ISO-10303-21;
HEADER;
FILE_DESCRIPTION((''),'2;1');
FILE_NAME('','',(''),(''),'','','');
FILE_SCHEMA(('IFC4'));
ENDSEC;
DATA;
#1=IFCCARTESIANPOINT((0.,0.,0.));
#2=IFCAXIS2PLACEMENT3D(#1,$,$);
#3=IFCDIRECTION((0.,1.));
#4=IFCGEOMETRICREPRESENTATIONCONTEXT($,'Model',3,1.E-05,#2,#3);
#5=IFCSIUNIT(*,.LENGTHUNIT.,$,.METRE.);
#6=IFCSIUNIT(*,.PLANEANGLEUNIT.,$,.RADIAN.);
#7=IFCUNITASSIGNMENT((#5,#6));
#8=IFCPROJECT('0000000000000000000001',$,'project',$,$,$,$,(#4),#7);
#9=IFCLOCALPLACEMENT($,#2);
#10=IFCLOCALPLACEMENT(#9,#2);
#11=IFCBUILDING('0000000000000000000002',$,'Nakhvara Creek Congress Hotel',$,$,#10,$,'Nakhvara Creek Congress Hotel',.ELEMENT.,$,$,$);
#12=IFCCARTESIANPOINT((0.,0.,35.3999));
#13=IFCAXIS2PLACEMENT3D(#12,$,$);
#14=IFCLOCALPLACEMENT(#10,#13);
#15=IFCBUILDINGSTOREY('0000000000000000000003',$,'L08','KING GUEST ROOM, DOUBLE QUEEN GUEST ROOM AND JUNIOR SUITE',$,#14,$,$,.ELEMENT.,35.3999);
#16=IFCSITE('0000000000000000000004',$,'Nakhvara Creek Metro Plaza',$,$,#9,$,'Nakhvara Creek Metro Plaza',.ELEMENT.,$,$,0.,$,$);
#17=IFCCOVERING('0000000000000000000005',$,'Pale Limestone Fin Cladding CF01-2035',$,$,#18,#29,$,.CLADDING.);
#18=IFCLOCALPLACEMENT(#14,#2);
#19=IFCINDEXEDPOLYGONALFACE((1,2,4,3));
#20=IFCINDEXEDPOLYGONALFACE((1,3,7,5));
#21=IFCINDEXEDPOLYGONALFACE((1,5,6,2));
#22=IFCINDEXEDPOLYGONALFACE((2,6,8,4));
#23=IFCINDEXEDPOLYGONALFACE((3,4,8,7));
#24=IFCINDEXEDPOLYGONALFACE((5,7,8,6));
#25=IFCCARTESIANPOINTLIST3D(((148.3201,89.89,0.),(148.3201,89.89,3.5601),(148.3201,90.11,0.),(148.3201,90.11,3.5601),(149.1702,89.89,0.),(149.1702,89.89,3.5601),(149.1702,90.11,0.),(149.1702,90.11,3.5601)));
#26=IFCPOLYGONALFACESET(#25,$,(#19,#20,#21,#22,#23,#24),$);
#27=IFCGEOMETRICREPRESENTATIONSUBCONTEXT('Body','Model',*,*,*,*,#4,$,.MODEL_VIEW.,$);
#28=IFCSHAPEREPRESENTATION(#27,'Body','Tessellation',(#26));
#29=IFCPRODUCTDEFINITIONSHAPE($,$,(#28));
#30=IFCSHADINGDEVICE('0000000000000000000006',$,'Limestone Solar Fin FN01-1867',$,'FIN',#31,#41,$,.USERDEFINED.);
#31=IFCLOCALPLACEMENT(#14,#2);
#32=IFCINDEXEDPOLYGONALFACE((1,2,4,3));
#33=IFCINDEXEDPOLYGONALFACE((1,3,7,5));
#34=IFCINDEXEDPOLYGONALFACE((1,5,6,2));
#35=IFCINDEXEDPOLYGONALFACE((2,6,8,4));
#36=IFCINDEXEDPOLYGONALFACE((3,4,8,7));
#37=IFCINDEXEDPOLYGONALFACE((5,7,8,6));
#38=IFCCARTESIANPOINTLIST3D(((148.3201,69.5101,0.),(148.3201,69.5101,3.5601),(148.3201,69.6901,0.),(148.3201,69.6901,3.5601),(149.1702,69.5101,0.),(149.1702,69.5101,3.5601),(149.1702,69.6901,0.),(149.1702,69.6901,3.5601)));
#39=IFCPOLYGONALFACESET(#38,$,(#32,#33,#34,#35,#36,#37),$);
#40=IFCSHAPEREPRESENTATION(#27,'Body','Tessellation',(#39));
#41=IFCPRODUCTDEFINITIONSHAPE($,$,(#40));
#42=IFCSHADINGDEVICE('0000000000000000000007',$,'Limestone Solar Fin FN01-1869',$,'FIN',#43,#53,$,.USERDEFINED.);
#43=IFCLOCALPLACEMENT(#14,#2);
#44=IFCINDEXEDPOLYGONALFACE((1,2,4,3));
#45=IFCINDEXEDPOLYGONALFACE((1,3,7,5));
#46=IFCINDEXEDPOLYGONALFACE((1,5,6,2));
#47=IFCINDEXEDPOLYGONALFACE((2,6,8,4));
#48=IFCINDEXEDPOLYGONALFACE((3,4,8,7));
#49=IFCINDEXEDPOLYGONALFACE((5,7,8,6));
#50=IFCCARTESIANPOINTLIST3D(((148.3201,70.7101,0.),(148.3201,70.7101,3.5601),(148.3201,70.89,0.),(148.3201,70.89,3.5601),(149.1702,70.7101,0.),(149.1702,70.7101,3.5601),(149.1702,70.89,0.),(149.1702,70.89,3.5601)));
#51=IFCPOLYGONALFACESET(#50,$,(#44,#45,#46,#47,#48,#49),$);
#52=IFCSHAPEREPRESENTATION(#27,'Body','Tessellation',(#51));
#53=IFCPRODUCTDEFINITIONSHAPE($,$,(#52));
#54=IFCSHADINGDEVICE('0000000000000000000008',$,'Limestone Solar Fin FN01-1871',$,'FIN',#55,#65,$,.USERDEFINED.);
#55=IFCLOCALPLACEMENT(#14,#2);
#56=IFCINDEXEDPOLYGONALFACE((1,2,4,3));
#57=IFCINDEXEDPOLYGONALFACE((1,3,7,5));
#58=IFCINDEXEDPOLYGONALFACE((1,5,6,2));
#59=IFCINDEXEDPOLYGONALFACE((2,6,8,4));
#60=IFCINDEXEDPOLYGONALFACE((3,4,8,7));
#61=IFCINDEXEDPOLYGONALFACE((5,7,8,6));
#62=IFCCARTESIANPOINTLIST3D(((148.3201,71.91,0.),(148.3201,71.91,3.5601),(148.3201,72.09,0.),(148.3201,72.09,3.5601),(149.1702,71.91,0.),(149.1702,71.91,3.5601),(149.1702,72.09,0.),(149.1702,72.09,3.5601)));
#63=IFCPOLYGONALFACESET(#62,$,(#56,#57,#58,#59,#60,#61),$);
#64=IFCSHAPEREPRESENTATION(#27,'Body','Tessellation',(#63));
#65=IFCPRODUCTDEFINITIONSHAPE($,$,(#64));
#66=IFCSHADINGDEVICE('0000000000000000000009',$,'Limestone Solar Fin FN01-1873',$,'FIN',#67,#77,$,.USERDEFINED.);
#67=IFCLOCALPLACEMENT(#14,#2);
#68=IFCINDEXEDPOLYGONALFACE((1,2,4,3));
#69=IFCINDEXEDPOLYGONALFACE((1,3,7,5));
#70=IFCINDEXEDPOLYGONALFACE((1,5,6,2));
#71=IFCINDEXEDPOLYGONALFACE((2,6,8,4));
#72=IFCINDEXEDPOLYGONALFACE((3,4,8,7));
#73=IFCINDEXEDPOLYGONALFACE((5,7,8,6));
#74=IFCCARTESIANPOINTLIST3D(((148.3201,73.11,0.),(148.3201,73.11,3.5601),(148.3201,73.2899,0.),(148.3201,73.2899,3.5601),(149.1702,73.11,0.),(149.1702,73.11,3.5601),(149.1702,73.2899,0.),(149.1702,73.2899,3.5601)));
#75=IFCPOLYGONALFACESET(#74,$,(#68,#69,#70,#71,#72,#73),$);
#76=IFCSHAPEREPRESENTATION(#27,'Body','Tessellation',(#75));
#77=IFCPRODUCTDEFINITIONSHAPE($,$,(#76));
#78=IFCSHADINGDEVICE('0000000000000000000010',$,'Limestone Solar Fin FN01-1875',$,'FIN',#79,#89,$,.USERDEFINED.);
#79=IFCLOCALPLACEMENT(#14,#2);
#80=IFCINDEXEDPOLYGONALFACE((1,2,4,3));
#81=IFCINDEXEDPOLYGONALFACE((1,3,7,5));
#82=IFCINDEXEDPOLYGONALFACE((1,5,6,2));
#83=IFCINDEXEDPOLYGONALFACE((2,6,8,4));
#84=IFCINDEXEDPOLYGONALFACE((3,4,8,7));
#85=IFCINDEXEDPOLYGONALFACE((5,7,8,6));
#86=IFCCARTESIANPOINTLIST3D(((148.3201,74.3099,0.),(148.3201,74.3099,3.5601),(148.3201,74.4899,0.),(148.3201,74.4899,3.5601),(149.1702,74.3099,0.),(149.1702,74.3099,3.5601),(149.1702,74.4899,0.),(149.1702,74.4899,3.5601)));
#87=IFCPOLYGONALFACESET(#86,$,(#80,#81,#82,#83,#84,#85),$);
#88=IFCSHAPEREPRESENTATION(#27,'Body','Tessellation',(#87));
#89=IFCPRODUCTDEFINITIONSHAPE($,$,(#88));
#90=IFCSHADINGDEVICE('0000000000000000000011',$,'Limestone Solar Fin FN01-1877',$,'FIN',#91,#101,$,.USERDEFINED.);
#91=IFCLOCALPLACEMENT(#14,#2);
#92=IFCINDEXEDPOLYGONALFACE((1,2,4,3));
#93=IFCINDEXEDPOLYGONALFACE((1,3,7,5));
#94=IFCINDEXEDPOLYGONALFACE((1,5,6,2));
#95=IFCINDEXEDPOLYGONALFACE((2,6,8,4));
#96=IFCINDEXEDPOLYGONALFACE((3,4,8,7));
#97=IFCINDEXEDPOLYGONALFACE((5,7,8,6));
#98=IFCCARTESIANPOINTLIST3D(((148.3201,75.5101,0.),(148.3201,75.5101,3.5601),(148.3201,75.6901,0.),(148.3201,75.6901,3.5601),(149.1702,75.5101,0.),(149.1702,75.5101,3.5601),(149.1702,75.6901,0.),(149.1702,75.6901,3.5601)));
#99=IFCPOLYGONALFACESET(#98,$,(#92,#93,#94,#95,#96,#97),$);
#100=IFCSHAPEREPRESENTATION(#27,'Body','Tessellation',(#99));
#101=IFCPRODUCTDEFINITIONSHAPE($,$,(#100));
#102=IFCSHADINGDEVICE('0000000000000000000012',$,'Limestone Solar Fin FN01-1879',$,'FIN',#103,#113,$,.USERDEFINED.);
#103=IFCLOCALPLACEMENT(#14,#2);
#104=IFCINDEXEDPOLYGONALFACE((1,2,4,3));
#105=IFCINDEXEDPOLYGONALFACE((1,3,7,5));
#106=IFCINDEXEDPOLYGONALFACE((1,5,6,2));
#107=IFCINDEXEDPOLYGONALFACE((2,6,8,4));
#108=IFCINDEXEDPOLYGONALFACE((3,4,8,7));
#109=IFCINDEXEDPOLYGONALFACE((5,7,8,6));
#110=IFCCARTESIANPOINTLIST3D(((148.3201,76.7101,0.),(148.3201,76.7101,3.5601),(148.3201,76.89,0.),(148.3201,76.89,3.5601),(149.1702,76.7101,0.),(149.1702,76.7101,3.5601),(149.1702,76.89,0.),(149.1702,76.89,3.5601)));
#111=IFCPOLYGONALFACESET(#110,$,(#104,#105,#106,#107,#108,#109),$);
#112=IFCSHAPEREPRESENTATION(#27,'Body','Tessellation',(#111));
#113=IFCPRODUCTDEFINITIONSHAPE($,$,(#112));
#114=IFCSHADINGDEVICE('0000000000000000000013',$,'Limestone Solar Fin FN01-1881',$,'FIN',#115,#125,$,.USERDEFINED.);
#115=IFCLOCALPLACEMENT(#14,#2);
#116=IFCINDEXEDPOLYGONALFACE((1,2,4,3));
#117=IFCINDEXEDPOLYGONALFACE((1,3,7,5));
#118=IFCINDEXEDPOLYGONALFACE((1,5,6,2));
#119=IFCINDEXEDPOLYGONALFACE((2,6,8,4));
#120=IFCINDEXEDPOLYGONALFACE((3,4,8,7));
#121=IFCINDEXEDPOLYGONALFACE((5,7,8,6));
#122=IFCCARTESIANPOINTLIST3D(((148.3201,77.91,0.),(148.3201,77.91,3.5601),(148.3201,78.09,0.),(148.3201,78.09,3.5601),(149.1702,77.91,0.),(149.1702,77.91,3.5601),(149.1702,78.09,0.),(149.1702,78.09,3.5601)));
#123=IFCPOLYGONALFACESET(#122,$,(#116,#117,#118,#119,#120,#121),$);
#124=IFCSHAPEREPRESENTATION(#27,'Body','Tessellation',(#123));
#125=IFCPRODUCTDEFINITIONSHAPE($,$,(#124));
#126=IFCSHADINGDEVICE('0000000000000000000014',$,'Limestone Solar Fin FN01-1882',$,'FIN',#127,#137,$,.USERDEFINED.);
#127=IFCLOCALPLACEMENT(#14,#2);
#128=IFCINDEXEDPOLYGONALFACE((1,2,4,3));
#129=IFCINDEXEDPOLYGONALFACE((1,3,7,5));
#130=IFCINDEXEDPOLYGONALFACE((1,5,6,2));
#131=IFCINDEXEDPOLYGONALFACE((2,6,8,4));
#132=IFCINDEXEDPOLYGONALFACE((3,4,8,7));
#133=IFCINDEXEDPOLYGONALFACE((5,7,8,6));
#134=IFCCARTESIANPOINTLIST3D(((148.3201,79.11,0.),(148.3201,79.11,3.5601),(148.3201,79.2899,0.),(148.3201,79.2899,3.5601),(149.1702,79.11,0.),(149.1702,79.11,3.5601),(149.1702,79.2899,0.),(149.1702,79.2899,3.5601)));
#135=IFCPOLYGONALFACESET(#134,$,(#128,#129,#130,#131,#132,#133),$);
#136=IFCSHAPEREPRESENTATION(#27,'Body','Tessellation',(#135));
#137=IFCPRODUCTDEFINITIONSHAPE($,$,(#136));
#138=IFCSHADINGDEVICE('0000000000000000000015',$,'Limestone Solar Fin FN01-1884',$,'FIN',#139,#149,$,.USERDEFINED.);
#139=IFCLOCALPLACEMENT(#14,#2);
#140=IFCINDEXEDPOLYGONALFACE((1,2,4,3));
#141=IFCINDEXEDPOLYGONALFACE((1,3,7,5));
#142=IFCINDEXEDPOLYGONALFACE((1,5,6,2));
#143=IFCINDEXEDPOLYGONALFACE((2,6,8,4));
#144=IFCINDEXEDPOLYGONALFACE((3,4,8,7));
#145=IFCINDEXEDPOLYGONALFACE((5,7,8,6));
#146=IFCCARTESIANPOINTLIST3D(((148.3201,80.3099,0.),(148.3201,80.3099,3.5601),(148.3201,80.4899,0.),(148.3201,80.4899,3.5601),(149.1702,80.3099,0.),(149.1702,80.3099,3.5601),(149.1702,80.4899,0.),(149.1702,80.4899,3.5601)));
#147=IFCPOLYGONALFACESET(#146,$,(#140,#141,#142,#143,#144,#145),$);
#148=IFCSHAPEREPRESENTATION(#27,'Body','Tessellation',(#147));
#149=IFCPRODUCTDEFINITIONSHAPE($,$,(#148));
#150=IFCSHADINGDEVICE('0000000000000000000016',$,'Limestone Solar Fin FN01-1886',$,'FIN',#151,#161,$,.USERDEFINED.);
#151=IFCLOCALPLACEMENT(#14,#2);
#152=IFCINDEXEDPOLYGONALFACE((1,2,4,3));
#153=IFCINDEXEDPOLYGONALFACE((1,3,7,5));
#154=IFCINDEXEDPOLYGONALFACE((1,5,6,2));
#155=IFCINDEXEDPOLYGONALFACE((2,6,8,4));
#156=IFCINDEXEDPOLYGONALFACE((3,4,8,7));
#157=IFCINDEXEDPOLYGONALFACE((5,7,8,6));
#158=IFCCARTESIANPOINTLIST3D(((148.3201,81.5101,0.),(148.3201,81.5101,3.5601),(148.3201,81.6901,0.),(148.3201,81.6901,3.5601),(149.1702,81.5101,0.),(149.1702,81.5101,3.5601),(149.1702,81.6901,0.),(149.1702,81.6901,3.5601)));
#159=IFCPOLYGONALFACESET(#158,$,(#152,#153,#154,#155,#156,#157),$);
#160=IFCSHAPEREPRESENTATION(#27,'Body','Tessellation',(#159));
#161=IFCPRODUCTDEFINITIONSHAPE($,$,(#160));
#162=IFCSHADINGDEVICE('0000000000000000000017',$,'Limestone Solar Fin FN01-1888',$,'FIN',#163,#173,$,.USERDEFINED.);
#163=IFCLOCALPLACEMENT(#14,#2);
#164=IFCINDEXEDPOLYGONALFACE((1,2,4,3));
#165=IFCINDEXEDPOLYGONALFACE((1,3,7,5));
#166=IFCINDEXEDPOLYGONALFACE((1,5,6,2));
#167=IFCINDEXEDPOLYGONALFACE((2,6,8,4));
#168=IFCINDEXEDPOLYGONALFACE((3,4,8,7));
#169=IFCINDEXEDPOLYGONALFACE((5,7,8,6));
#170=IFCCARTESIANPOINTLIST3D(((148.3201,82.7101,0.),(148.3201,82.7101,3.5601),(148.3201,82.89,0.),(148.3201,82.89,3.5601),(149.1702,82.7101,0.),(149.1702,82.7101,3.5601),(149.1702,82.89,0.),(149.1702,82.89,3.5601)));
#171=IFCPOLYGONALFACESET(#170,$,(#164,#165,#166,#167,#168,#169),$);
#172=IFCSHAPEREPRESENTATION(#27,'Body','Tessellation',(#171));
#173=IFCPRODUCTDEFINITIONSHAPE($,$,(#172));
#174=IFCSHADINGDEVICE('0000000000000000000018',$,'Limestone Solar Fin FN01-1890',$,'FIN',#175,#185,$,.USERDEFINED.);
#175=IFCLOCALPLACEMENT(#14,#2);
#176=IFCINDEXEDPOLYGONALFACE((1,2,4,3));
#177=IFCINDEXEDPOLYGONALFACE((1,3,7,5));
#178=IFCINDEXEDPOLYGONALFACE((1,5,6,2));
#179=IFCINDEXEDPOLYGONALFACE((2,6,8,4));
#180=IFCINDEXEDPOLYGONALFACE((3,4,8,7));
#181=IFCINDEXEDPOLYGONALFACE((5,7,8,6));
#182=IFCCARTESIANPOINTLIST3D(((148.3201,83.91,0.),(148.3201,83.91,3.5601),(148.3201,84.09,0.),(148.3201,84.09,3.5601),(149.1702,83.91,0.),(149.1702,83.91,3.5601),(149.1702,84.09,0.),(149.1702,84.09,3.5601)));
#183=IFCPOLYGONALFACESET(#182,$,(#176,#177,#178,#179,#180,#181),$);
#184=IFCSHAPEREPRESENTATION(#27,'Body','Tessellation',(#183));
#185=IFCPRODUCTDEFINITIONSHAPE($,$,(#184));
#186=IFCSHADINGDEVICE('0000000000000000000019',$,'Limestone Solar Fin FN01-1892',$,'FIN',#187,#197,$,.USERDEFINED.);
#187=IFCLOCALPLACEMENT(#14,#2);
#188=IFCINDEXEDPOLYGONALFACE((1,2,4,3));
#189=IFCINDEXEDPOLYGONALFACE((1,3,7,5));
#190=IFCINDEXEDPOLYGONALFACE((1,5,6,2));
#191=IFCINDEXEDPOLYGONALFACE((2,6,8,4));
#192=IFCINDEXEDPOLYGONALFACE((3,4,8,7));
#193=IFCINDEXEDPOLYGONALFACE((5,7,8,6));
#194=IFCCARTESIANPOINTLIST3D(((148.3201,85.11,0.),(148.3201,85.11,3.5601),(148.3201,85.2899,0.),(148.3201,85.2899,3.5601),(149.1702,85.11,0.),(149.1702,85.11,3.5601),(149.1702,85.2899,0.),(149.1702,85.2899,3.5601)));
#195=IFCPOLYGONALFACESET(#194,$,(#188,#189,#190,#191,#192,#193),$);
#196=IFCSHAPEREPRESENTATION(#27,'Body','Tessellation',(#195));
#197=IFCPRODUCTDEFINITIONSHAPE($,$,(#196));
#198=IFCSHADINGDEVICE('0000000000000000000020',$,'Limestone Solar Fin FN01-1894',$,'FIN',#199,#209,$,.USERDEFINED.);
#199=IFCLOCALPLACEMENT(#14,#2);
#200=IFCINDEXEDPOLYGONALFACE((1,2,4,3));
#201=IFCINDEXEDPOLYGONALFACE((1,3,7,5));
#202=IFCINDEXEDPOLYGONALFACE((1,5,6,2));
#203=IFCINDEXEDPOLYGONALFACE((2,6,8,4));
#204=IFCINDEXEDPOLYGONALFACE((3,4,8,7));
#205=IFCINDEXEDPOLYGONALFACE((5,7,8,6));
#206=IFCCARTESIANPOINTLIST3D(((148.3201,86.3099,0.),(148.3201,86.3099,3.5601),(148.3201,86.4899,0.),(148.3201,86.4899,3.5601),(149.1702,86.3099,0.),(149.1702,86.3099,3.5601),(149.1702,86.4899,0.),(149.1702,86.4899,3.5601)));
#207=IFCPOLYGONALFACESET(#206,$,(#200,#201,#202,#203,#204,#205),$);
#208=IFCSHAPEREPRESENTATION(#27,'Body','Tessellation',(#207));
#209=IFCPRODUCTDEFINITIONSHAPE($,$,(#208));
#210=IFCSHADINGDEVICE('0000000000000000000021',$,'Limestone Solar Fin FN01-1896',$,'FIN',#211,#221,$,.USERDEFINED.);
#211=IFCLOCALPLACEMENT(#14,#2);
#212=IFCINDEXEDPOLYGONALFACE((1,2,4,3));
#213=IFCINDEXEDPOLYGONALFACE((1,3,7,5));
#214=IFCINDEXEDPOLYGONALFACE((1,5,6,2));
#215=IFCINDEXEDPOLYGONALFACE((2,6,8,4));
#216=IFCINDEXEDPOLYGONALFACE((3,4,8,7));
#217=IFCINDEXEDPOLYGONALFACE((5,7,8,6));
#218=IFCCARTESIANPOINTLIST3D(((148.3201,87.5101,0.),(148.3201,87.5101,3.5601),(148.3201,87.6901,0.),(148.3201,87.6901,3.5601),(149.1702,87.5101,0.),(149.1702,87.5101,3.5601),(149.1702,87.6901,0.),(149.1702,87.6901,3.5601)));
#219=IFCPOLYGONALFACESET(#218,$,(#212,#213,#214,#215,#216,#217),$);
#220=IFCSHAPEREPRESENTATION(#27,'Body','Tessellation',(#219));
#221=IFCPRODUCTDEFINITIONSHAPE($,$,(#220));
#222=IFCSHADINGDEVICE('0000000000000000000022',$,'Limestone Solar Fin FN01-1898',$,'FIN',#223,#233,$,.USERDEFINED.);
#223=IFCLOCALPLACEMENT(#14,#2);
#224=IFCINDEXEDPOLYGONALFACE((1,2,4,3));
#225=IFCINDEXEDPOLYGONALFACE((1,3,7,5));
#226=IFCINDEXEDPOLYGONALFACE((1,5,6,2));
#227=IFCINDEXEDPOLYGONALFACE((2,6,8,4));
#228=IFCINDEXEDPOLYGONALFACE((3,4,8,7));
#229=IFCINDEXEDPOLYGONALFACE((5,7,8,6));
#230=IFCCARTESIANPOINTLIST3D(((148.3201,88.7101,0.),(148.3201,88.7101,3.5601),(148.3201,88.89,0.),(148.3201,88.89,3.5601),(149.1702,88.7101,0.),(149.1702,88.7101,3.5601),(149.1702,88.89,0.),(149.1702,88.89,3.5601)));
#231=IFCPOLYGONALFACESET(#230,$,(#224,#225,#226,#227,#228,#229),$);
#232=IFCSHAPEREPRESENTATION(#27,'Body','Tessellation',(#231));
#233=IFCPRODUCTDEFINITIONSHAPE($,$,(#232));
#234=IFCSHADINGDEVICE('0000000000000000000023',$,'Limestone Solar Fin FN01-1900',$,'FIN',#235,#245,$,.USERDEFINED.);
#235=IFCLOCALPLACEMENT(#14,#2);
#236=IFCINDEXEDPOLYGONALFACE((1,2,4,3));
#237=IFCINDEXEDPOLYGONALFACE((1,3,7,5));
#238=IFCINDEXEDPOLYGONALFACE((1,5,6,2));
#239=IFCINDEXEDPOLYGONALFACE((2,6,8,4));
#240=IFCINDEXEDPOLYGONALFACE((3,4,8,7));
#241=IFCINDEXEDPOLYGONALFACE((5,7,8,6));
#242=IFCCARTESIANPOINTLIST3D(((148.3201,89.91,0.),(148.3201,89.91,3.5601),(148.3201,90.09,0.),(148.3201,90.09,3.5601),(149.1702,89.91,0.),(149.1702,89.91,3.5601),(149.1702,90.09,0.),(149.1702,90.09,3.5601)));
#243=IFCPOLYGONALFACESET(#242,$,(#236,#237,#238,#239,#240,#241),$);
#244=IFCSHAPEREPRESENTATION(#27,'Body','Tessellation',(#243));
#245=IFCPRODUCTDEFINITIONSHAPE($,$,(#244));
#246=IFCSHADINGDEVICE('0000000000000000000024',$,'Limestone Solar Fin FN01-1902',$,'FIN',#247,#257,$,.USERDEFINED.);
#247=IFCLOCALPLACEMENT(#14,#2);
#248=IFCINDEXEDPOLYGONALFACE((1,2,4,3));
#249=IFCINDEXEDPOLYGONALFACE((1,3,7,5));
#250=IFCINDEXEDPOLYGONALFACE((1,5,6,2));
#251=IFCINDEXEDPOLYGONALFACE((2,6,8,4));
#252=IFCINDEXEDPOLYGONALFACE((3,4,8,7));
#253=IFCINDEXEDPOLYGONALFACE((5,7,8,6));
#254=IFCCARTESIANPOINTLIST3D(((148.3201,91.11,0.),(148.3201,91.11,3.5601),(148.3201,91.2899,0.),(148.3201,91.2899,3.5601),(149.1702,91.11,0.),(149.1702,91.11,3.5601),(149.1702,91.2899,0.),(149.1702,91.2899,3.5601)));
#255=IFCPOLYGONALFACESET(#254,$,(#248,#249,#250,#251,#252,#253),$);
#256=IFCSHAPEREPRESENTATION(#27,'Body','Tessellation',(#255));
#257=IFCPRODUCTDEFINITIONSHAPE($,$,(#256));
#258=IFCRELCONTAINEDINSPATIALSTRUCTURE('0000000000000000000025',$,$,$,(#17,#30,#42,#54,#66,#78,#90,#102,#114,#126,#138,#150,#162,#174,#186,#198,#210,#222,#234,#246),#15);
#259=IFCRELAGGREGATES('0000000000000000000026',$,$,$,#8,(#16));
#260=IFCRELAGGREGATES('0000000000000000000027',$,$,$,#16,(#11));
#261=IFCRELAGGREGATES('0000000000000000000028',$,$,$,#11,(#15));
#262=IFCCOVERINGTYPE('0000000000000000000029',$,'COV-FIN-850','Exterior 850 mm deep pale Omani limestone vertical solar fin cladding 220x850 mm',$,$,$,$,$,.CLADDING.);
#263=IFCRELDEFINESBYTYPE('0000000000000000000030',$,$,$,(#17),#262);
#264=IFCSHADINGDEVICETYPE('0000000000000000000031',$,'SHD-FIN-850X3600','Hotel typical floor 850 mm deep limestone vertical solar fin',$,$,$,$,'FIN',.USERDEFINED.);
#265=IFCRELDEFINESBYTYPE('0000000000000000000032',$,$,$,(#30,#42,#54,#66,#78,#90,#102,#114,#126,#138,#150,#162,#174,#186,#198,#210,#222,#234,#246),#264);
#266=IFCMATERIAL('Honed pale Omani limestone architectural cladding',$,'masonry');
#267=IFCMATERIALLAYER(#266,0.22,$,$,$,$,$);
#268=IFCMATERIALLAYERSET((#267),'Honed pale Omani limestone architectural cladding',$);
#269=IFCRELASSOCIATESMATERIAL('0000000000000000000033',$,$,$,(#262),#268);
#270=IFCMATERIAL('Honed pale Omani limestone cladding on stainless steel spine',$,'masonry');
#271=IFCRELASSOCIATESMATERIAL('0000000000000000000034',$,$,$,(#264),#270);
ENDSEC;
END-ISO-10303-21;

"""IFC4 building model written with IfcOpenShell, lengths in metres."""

from ifc_helpers import new_model, si_unit, direction, frame, origin, origin_2d, place, context, subcontext, project, spatial, rectangle, extrude, material, layer, layer_set, type_object, element, save


model = new_model("IFC4")

# Units and contexts
model_context = context("Model", 3, precision=1e-05, world=origin(), true_north=direction((0.0, 1.0)))
body_context = subcontext(model_context, "Body", "Model", "MODEL_VIEW")
ifc_project = project(units=[si_unit("LENGTHUNIT", "METRE"), si_unit("PLANEANGLEUNIT", "RADIAN")], contexts=[model_context])

# Site, building, storey
site_placement = place(None, origin())
site = spatial("IfcSite", under=ifc_project, at=site_placement, Name="Nakhvara Creek Metro Plaza", LongName="Nakhvara Creek Metro Plaza", CompositionType="ELEMENT", RefElevation=0.0)
building_placement = place(site_placement, origin())
building = spatial("IfcBuilding", under=site, at=building_placement, Name="Nakhvara Creek Congress Hotel", LongName="Nakhvara Creek Congress Hotel", CompositionType="ELEMENT")
storey_placement = place(building_placement, frame((0.0, 0.0, 35.3999)))
storey = spatial("IfcBuildingStorey", under=building, at=storey_placement, Name="L08", Description="KING GUEST ROOM, DOUBLE QUEEN GUEST ROOM AND JUNIOR SUITE", CompositionType="ELEMENT", Elevation=35.3999)

# Covering
ifc_material_1 = material(Name="Honed pale Omani limestone architectural cladding", Category="masonry")
ifc_layer = layer(ifc_material_1, 0.22)
ifc_layer_set = layer_set([ifc_layer], Name="Honed pale Omani limestone architectural cladding")
covering_type = type_object("IfcCoveringType", Name="COV-FIN-850", Description="Exterior 850 mm deep pale Omani limestone vertical solar fin cladding 220x850 mm", PredefinedType="CLADDING", material=ifc_layer_set)
for number, where, z_axis, x_axis, name in (
    (1, (148.7451, 90.0, 0.0), (0.0, 0.0, 1.0), (0.0, 1.0, 0.0), "Pale Limestone Fin Cladding CF01-2035"),
):
    element("IfcCovering", number, at=place(storey_placement, frame(where, z_axis=z_axis, x_axis=x_axis)), inside=storey, type_object=covering_type, Name=name, PredefinedType="CLADDING", context=body_context, shape_type="SweptSolid", body=[
        extrude(rectangle(XDim=0.22, YDim=0.8501, at=origin_2d()), origin(), (0.0, 0.0, 1.0), 3.5601),
    ])

# Shading devices
ifc_material_2 = material(Name="Honed pale Omani limestone cladding on stainless steel spine", Category="masonry")
shading_device_type = type_object("IfcShadingDeviceType", Name="SHD-FIN-850X3600", Description="Hotel typical floor 850 mm deep limestone vertical solar fin", ElementType="FIN", PredefinedType="USERDEFINED", material=ifc_material_2)
for number, where, z_axis, x_axis, name in (
    (2, (148.7451, 69.6001, 0.0), (0.0, 0.0, 1.0), (0.0, 1.0, 0.0), "Limestone Solar Fin FN01-1867"),
    (3, (148.7451, 70.8, 0.0), (0.0, 0.0, 1.0), (0.0, 1.0, 0.0), "Limestone Solar Fin FN01-1869"),
    (4, (148.7451, 72.0, 0.0), (0.0, 0.0, 1.0), (0.0, 1.0, 0.0), "Limestone Solar Fin FN01-1871"),
    (5, (148.7451, 73.2, 0.0), (0.0, 0.0, 1.0), (0.0, 1.0, 0.0), "Limestone Solar Fin FN01-1873"),
    (6, (148.7451, 74.3999, 0.0), (0.0, 0.0, 1.0), (0.0, 1.0, 0.0), "Limestone Solar Fin FN01-1875"),
    (7, (148.7451, 75.6001, 0.0), (0.0, 0.0, 1.0), (0.0, 1.0, 0.0), "Limestone Solar Fin FN01-1877"),
    (8, (148.7451, 76.8, 0.0), (0.0, 0.0, 1.0), (0.0, 1.0, 0.0), "Limestone Solar Fin FN01-1879"),
    (9, (148.7451, 78.0, 0.0), (0.0, 0.0, 1.0), (0.0, 1.0, 0.0), "Limestone Solar Fin FN01-1881"),
    (10, (148.7451, 79.2, 0.0), (0.0, 0.0, 1.0), (0.0, 1.0, 0.0), "Limestone Solar Fin FN01-1882"),
    (11, (148.7451, 80.3999, 0.0), (0.0, 0.0, 1.0), (0.0, 1.0, 0.0), "Limestone Solar Fin FN01-1884"),
    (12, (148.7451, 81.6001, 0.0), (0.0, 0.0, 1.0), (0.0, 1.0, 0.0), "Limestone Solar Fin FN01-1886"),
    (13, (148.7451, 82.8, 0.0), (0.0, 0.0, 1.0), (0.0, 1.0, 0.0), "Limestone Solar Fin FN01-1888"),
    (14, (148.7451, 84.0, 0.0), (0.0, 0.0, 1.0), (0.0, 1.0, 0.0), "Limestone Solar Fin FN01-1890"),
    (15, (148.7451, 85.2, 0.0), (0.0, 0.0, 1.0), (0.0, 1.0, 0.0), "Limestone Solar Fin FN01-1892"),
    (16, (148.7451, 86.3999, 0.0), (0.0, 0.0, 1.0), (0.0, 1.0, 0.0), "Limestone Solar Fin FN01-1894"),
    (17, (148.7451, 87.6001, 0.0), (0.0, 0.0, 1.0), (0.0, 1.0, 0.0), "Limestone Solar Fin FN01-1896"),
    (18, (148.7451, 88.8, 0.0), (0.0, 0.0, 1.0), (0.0, 1.0, 0.0), "Limestone Solar Fin FN01-1898"),
    (19, (148.7451, 90.0, 0.0), (0.0, 0.0, 1.0), (0.0, 1.0, 0.0), "Limestone Solar Fin FN01-1900"),
    (20, (148.7451, 91.2, 0.0), (0.0, 0.0, 1.0), (0.0, 1.0, 0.0), "Limestone Solar Fin FN01-1902"),
):
    element("IfcShadingDevice", number, at=place(storey_placement, frame(where, z_axis=z_axis, x_axis=x_axis)), inside=storey, type_object=shading_device_type, Name=name, ObjectType="FIN", PredefinedType="USERDEFINED", context=body_context, shape_type="SweptSolid", body=[
        extrude(rectangle(XDim=0.1799, YDim=0.8501, at=origin_2d()), origin(), (0.0, 0.0, 1.0), 3.5601),
    ])

save(model, "model.ifc")
